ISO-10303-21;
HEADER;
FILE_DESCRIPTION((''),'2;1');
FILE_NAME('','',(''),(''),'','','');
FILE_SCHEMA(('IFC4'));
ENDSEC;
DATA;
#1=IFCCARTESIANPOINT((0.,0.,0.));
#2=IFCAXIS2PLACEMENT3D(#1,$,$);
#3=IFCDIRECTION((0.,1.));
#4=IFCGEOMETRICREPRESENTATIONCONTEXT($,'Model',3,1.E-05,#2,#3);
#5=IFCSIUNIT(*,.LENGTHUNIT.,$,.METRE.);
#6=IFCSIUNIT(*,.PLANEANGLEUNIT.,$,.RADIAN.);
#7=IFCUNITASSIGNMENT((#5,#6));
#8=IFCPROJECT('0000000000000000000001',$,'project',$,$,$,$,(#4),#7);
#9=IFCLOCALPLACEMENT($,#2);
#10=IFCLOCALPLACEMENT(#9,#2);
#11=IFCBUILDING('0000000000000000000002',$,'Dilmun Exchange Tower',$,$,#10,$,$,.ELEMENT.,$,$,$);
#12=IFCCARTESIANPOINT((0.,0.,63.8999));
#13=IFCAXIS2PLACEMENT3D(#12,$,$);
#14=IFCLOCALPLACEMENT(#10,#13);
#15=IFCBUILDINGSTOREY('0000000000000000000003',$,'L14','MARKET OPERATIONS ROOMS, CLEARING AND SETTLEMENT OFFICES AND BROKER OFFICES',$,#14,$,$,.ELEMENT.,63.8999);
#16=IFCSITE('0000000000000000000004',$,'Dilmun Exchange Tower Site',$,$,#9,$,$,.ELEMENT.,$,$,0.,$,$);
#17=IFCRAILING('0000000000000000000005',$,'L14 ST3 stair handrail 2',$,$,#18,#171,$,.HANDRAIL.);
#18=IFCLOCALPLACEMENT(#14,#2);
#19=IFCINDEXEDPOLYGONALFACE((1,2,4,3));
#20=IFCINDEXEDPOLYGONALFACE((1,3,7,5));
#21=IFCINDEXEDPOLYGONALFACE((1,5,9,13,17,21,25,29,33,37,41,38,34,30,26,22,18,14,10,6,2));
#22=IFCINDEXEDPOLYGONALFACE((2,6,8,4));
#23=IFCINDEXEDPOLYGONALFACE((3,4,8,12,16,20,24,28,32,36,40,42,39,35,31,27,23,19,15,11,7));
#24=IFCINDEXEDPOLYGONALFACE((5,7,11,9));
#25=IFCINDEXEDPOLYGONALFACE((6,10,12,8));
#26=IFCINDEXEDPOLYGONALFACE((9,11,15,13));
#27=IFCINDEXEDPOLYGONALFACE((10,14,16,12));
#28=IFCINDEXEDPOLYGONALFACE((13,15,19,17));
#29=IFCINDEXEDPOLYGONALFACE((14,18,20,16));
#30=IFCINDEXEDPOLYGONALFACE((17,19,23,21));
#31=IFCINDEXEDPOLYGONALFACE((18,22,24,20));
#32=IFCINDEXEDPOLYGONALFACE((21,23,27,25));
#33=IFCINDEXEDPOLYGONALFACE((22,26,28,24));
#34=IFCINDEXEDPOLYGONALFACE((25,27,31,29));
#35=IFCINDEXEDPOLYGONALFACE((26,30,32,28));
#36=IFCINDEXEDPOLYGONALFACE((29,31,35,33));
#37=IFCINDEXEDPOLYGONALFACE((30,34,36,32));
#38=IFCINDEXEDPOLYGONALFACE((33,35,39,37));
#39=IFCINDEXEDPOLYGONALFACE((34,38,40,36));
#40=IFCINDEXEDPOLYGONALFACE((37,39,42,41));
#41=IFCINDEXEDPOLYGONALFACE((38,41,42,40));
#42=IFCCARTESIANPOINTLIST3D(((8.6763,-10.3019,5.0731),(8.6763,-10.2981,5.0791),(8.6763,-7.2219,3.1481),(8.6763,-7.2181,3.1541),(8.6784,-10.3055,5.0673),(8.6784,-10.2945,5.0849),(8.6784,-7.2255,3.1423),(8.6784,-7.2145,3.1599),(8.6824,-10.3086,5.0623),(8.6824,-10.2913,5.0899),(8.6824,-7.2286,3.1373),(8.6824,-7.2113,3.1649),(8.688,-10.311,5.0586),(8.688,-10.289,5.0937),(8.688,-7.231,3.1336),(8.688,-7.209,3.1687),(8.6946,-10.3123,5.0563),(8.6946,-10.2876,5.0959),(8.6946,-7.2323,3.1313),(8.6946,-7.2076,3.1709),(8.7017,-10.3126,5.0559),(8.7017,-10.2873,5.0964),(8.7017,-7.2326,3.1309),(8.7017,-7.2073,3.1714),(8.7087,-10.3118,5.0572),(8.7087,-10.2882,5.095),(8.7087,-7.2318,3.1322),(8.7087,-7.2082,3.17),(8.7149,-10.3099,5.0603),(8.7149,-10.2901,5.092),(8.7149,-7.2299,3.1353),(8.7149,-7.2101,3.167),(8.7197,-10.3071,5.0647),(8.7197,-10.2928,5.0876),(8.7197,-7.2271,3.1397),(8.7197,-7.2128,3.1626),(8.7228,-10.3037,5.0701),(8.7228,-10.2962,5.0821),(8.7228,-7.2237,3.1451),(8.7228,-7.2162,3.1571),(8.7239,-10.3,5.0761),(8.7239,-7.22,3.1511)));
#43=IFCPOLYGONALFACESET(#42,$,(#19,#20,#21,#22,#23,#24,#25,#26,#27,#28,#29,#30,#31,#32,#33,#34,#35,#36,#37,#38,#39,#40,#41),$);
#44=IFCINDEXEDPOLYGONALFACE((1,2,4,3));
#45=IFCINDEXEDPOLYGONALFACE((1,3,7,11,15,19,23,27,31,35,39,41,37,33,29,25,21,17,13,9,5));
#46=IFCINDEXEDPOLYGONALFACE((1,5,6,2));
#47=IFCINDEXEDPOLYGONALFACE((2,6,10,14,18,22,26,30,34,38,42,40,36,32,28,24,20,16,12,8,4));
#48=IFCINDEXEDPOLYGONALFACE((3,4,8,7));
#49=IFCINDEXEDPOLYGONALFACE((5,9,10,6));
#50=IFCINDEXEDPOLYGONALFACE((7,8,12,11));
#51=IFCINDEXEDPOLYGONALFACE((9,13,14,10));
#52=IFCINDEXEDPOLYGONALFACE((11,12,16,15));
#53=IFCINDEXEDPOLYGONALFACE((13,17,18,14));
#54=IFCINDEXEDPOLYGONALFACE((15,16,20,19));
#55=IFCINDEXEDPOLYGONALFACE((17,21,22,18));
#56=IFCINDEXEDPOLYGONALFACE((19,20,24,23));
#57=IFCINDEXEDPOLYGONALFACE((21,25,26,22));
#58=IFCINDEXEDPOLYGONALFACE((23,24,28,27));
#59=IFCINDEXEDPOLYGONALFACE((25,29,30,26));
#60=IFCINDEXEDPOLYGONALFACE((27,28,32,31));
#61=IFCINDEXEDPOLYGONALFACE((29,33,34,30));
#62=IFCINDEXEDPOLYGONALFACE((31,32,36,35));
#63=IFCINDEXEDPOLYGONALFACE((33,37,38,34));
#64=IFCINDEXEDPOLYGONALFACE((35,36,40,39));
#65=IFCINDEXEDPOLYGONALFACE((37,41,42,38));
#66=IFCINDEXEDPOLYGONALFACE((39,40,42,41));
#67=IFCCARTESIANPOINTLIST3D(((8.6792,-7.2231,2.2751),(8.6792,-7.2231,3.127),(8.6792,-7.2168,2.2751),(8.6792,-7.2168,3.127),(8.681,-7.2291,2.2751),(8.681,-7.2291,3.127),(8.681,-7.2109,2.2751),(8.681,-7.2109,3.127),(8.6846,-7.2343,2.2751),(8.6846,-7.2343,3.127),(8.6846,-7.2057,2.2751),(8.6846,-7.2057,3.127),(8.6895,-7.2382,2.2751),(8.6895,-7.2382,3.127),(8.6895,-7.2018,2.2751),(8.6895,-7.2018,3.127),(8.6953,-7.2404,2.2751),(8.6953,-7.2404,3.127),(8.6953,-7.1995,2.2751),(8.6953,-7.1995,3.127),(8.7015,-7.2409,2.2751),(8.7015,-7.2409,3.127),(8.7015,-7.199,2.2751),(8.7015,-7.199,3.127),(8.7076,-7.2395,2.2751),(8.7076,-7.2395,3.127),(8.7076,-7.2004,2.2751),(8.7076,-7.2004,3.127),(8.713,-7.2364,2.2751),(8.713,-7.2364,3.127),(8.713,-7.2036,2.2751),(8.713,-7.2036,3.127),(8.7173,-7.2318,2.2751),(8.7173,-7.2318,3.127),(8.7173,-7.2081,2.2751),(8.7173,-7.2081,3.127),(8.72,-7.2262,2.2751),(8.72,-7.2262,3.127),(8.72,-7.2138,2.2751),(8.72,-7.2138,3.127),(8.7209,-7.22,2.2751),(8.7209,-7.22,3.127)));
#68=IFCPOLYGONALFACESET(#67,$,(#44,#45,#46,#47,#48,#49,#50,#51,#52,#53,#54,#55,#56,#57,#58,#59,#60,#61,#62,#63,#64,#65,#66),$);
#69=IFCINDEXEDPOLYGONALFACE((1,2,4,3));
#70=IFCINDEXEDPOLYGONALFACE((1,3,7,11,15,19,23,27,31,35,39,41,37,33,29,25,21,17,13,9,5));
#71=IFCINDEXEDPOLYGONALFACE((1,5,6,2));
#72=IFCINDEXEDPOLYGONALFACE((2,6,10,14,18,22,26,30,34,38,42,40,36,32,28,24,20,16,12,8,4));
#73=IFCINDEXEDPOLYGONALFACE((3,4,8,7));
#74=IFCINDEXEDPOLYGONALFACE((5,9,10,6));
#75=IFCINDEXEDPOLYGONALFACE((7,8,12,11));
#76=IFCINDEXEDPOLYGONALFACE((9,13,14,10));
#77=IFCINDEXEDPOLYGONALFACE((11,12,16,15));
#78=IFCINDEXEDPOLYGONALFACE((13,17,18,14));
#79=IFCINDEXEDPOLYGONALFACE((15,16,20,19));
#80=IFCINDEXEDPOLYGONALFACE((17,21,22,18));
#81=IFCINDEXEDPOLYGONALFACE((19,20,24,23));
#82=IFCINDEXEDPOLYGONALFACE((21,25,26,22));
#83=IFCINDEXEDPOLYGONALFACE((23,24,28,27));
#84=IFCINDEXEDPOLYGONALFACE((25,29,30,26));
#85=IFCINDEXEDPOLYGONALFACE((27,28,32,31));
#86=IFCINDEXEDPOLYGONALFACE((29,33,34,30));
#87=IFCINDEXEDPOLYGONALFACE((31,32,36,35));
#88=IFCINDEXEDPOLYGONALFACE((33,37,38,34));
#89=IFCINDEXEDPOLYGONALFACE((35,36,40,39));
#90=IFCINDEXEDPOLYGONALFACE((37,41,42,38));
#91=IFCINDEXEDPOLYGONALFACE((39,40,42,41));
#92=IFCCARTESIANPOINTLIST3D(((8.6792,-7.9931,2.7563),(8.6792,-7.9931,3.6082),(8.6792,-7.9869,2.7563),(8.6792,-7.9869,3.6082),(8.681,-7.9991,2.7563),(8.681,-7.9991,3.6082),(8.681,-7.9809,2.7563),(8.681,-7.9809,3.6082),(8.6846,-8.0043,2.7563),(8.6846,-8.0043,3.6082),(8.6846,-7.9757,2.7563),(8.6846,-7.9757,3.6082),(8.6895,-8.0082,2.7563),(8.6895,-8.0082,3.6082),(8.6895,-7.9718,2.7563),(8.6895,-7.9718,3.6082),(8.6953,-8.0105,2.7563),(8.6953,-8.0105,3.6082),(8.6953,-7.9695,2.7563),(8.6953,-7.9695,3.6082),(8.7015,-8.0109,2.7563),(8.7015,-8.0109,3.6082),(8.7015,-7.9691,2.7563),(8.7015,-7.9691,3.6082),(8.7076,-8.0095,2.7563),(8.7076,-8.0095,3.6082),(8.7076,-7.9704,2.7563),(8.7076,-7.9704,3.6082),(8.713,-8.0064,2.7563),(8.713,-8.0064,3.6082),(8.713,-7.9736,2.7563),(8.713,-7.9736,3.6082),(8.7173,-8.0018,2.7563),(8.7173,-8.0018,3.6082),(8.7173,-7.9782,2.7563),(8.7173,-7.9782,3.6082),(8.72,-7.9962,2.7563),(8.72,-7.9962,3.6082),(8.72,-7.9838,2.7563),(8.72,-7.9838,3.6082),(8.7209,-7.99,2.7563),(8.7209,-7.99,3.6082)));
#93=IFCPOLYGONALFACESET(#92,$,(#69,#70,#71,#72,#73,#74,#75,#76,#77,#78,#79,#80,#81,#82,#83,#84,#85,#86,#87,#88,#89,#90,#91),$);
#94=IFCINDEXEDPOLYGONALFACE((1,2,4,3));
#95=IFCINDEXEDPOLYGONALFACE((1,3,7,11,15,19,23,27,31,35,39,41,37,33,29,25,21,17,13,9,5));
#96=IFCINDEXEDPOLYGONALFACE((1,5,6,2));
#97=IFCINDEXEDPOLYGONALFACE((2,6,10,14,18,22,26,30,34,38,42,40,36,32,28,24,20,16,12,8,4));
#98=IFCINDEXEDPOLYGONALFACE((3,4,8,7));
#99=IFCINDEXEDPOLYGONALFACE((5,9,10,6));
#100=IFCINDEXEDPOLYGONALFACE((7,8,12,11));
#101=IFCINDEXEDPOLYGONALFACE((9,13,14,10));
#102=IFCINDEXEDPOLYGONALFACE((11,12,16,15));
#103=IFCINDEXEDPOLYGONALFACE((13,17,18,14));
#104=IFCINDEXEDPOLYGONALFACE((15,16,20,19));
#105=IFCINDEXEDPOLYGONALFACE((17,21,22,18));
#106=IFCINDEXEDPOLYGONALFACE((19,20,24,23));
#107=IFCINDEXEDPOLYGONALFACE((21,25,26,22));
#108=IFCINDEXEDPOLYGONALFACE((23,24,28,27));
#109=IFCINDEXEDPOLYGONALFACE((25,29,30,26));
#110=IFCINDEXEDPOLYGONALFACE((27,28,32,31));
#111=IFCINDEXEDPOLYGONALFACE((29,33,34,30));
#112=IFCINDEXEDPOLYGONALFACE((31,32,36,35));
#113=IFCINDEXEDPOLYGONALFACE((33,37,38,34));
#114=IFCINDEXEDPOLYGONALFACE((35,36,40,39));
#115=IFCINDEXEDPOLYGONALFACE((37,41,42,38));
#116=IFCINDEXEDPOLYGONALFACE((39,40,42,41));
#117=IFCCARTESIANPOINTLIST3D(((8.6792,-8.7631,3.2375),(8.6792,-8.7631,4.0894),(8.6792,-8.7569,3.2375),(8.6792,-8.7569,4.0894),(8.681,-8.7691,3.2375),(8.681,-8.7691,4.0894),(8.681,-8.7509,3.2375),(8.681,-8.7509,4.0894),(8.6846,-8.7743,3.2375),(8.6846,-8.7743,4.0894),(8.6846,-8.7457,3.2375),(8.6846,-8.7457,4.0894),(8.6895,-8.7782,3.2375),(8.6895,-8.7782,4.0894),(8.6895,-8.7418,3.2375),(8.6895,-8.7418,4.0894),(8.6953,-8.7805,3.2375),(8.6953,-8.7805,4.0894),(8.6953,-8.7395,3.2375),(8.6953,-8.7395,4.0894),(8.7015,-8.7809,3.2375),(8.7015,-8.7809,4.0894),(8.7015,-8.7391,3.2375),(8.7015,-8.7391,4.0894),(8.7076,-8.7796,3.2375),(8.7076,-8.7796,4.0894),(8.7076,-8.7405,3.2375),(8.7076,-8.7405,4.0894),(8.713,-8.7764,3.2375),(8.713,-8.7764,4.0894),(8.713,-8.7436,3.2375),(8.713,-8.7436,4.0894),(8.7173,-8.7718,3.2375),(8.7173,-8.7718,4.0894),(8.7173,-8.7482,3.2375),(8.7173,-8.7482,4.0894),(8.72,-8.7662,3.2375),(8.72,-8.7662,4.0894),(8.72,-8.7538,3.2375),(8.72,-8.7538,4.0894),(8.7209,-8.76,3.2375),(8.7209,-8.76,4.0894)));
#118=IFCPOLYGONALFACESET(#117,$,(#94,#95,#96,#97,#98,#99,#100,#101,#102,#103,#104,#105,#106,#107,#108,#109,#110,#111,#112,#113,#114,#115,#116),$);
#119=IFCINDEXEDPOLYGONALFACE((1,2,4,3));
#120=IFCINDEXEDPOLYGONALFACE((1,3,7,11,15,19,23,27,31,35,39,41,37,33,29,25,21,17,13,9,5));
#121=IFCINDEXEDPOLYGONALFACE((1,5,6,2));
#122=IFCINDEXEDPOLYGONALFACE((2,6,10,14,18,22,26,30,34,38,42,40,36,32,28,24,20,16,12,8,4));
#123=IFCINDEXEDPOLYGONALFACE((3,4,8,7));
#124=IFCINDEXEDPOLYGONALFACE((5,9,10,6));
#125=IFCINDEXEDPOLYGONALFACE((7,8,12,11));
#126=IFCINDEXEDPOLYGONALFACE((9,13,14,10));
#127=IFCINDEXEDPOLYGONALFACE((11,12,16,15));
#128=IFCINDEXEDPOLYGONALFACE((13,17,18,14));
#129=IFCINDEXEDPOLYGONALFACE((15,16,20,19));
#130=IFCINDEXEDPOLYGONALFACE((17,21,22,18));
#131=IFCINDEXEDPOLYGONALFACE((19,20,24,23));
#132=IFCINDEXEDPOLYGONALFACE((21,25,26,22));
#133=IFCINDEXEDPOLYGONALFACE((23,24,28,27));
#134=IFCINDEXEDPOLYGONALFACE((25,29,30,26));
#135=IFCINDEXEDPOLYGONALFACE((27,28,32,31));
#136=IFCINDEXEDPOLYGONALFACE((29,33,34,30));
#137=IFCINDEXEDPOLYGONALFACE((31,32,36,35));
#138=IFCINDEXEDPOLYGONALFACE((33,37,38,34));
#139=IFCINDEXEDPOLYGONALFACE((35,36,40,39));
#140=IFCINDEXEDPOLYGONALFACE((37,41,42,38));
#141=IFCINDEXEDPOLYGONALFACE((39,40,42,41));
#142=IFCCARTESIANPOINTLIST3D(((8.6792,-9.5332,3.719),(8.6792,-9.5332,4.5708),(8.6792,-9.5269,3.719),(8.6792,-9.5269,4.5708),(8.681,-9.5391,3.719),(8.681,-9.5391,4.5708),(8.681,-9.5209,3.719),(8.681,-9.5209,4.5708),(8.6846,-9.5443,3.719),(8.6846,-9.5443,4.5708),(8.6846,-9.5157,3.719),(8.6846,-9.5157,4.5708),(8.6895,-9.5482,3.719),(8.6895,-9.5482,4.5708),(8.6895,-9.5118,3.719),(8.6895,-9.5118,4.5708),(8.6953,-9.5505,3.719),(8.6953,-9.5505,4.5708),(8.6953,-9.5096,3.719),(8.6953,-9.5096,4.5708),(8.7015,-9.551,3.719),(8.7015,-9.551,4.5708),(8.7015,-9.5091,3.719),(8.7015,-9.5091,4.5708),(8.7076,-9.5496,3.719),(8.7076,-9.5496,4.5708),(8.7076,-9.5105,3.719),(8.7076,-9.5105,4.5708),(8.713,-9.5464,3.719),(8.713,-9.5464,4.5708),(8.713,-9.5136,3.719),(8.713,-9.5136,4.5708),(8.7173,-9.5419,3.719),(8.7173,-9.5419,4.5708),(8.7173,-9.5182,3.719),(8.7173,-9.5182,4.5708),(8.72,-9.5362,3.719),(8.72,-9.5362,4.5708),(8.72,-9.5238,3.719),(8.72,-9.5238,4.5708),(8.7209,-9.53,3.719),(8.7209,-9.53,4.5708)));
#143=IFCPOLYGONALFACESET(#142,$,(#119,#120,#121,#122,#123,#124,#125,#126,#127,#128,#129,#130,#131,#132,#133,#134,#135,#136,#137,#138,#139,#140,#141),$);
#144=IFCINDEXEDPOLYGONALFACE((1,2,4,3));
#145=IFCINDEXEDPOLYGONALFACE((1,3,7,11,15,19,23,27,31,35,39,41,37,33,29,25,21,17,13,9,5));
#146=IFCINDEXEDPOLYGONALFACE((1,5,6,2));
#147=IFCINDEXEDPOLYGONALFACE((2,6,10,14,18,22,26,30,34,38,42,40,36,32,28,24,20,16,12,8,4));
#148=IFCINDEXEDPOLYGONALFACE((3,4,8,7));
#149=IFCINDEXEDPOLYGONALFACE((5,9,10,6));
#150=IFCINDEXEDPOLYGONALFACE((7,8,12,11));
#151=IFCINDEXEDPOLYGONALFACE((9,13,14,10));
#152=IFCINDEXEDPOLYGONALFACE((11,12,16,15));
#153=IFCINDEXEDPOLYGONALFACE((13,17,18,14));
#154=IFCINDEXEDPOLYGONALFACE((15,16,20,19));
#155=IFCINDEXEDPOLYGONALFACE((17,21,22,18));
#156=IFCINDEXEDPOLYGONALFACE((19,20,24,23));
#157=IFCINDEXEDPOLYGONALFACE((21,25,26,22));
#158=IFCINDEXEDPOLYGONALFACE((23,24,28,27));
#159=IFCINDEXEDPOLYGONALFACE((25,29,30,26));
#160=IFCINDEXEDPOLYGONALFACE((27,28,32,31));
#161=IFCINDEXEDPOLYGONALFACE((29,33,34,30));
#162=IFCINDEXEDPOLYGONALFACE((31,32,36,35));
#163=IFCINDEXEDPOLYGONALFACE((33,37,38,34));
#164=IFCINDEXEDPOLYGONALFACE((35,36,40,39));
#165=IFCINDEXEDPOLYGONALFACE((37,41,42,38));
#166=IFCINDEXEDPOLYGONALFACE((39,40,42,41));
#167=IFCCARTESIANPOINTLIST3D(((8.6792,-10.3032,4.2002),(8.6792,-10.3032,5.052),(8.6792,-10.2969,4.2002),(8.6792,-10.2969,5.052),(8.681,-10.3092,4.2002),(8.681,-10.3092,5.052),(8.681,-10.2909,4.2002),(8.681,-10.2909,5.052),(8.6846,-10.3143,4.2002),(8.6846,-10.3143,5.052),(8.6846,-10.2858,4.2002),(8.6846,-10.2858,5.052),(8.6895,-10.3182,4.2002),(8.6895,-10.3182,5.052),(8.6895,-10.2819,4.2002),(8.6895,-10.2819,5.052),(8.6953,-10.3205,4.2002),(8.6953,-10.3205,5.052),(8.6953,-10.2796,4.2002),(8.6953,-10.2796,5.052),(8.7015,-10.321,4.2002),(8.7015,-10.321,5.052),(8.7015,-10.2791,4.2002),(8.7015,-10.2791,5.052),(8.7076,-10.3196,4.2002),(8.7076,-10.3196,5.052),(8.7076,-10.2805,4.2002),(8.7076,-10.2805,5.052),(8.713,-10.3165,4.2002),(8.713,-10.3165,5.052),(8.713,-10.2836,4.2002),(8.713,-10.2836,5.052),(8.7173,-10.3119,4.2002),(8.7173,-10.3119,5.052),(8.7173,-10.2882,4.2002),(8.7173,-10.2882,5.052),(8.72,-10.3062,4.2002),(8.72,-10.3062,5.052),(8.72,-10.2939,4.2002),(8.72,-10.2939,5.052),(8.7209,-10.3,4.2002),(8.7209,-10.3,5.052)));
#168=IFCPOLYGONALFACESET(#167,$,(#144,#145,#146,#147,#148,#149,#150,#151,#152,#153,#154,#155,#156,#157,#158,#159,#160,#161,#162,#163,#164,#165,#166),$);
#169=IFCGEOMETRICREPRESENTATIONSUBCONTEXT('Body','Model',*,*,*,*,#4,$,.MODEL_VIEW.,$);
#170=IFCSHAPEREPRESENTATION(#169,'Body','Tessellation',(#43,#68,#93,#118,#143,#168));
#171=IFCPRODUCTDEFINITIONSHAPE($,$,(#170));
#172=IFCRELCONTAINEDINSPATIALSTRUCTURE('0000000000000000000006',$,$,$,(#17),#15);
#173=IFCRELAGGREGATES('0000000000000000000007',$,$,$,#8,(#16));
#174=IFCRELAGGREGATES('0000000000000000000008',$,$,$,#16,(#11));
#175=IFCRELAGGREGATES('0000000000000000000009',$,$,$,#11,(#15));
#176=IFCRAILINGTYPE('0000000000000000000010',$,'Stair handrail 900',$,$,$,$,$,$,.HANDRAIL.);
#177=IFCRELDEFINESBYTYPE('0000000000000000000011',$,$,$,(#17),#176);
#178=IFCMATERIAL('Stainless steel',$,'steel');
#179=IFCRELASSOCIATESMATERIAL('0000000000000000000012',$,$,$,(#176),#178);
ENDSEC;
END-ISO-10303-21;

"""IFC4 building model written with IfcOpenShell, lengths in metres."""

from ifc_helpers import new_model, si_unit, direction, frame, origin, origin_2d, place, context, subcontext, project, spatial, circle, extrude, material, type_object, element, save


model = new_model("IFC4")

# Units and contexts
model_context = context("Model", 3, precision=1e-05, world=origin(), true_north=direction((0.0, 1.0)))
body_context = subcontext(model_context, "Body", "Model", "MODEL_VIEW")
ifc_project = project(units=[si_unit("LENGTHUNIT", "METRE"), si_unit("PLANEANGLEUNIT", "RADIAN")], contexts=[model_context])

# Site, building, storey
site_placement = place(None, origin())
site = spatial("IfcSite", under=ifc_project, at=site_placement, Name="Dilmun Exchange Tower Site", CompositionType="ELEMENT", RefElevation=0.0)
building_placement = place(site_placement, origin())
building = spatial("IfcBuilding", under=site, at=building_placement, Name="Dilmun Exchange Tower", CompositionType="ELEMENT")
storey_placement = place(building_placement, frame((0.0, 0.0, 63.8999)))
storey = spatial("IfcBuildingStorey", under=building, at=storey_placement, Name="L14", Description="MARKET OPERATIONS ROOMS, CLEARING AND SETTLEMENT OFFICES AND BROKER OFFICES", CompositionType="ELEMENT", Elevation=63.8999)

# Railing
ifc_material_1 = material(Name="Stainless steel", Category="steel")
railing_type = type_object("IfcRailingType", Name="Stair handrail 900", PredefinedType="HANDRAIL", material=ifc_material_1)
railing_placement = place(storey_placement, frame((8.7, -7.22, 2.2751)))
element("IfcRailing", 1, at=railing_placement, inside=storey, type_object=railing_type, Name="L14 ST3 stair handrail 2", PredefinedType="HANDRAIL", context=body_context, shape_type="SweptSolid", body=[
    extrude(circle(Radius=0.0239, at=origin_2d()), frame((0.0, 0.0, 0.876), z_axis=(0.0, -0.847998, 0.529999), x_axis=(1.0, 0.0, 0.0)), (0.0, 0.0, 1.0), 3.6321),
    extrude(circle(Radius=0.021, at=origin_2d()), origin(), (0.0, 0.0, 1.0), 0.8518),
    extrude(circle(Radius=0.021, at=origin_2d()), frame((0.0, -0.77, 0.4812)), (0.0, 0.0, 1.0), 0.8518),
    extrude(circle(Radius=0.021, at=origin_2d()), frame((0.0, -1.54, 0.9624)), (0.0, 0.0, 1.0), 0.8518),
    extrude(circle(Radius=0.021, at=origin_2d()), frame((0.0, -2.3101, 1.4438)), (0.0, 0.0, 1.0), 0.8518),
    extrude(circle(Radius=0.021, at=origin_2d()), frame((0.0, -3.0801, 1.925)), (0.0, 0.0, 1.0), 0.8518),
])

save(model, "model.ifc")
